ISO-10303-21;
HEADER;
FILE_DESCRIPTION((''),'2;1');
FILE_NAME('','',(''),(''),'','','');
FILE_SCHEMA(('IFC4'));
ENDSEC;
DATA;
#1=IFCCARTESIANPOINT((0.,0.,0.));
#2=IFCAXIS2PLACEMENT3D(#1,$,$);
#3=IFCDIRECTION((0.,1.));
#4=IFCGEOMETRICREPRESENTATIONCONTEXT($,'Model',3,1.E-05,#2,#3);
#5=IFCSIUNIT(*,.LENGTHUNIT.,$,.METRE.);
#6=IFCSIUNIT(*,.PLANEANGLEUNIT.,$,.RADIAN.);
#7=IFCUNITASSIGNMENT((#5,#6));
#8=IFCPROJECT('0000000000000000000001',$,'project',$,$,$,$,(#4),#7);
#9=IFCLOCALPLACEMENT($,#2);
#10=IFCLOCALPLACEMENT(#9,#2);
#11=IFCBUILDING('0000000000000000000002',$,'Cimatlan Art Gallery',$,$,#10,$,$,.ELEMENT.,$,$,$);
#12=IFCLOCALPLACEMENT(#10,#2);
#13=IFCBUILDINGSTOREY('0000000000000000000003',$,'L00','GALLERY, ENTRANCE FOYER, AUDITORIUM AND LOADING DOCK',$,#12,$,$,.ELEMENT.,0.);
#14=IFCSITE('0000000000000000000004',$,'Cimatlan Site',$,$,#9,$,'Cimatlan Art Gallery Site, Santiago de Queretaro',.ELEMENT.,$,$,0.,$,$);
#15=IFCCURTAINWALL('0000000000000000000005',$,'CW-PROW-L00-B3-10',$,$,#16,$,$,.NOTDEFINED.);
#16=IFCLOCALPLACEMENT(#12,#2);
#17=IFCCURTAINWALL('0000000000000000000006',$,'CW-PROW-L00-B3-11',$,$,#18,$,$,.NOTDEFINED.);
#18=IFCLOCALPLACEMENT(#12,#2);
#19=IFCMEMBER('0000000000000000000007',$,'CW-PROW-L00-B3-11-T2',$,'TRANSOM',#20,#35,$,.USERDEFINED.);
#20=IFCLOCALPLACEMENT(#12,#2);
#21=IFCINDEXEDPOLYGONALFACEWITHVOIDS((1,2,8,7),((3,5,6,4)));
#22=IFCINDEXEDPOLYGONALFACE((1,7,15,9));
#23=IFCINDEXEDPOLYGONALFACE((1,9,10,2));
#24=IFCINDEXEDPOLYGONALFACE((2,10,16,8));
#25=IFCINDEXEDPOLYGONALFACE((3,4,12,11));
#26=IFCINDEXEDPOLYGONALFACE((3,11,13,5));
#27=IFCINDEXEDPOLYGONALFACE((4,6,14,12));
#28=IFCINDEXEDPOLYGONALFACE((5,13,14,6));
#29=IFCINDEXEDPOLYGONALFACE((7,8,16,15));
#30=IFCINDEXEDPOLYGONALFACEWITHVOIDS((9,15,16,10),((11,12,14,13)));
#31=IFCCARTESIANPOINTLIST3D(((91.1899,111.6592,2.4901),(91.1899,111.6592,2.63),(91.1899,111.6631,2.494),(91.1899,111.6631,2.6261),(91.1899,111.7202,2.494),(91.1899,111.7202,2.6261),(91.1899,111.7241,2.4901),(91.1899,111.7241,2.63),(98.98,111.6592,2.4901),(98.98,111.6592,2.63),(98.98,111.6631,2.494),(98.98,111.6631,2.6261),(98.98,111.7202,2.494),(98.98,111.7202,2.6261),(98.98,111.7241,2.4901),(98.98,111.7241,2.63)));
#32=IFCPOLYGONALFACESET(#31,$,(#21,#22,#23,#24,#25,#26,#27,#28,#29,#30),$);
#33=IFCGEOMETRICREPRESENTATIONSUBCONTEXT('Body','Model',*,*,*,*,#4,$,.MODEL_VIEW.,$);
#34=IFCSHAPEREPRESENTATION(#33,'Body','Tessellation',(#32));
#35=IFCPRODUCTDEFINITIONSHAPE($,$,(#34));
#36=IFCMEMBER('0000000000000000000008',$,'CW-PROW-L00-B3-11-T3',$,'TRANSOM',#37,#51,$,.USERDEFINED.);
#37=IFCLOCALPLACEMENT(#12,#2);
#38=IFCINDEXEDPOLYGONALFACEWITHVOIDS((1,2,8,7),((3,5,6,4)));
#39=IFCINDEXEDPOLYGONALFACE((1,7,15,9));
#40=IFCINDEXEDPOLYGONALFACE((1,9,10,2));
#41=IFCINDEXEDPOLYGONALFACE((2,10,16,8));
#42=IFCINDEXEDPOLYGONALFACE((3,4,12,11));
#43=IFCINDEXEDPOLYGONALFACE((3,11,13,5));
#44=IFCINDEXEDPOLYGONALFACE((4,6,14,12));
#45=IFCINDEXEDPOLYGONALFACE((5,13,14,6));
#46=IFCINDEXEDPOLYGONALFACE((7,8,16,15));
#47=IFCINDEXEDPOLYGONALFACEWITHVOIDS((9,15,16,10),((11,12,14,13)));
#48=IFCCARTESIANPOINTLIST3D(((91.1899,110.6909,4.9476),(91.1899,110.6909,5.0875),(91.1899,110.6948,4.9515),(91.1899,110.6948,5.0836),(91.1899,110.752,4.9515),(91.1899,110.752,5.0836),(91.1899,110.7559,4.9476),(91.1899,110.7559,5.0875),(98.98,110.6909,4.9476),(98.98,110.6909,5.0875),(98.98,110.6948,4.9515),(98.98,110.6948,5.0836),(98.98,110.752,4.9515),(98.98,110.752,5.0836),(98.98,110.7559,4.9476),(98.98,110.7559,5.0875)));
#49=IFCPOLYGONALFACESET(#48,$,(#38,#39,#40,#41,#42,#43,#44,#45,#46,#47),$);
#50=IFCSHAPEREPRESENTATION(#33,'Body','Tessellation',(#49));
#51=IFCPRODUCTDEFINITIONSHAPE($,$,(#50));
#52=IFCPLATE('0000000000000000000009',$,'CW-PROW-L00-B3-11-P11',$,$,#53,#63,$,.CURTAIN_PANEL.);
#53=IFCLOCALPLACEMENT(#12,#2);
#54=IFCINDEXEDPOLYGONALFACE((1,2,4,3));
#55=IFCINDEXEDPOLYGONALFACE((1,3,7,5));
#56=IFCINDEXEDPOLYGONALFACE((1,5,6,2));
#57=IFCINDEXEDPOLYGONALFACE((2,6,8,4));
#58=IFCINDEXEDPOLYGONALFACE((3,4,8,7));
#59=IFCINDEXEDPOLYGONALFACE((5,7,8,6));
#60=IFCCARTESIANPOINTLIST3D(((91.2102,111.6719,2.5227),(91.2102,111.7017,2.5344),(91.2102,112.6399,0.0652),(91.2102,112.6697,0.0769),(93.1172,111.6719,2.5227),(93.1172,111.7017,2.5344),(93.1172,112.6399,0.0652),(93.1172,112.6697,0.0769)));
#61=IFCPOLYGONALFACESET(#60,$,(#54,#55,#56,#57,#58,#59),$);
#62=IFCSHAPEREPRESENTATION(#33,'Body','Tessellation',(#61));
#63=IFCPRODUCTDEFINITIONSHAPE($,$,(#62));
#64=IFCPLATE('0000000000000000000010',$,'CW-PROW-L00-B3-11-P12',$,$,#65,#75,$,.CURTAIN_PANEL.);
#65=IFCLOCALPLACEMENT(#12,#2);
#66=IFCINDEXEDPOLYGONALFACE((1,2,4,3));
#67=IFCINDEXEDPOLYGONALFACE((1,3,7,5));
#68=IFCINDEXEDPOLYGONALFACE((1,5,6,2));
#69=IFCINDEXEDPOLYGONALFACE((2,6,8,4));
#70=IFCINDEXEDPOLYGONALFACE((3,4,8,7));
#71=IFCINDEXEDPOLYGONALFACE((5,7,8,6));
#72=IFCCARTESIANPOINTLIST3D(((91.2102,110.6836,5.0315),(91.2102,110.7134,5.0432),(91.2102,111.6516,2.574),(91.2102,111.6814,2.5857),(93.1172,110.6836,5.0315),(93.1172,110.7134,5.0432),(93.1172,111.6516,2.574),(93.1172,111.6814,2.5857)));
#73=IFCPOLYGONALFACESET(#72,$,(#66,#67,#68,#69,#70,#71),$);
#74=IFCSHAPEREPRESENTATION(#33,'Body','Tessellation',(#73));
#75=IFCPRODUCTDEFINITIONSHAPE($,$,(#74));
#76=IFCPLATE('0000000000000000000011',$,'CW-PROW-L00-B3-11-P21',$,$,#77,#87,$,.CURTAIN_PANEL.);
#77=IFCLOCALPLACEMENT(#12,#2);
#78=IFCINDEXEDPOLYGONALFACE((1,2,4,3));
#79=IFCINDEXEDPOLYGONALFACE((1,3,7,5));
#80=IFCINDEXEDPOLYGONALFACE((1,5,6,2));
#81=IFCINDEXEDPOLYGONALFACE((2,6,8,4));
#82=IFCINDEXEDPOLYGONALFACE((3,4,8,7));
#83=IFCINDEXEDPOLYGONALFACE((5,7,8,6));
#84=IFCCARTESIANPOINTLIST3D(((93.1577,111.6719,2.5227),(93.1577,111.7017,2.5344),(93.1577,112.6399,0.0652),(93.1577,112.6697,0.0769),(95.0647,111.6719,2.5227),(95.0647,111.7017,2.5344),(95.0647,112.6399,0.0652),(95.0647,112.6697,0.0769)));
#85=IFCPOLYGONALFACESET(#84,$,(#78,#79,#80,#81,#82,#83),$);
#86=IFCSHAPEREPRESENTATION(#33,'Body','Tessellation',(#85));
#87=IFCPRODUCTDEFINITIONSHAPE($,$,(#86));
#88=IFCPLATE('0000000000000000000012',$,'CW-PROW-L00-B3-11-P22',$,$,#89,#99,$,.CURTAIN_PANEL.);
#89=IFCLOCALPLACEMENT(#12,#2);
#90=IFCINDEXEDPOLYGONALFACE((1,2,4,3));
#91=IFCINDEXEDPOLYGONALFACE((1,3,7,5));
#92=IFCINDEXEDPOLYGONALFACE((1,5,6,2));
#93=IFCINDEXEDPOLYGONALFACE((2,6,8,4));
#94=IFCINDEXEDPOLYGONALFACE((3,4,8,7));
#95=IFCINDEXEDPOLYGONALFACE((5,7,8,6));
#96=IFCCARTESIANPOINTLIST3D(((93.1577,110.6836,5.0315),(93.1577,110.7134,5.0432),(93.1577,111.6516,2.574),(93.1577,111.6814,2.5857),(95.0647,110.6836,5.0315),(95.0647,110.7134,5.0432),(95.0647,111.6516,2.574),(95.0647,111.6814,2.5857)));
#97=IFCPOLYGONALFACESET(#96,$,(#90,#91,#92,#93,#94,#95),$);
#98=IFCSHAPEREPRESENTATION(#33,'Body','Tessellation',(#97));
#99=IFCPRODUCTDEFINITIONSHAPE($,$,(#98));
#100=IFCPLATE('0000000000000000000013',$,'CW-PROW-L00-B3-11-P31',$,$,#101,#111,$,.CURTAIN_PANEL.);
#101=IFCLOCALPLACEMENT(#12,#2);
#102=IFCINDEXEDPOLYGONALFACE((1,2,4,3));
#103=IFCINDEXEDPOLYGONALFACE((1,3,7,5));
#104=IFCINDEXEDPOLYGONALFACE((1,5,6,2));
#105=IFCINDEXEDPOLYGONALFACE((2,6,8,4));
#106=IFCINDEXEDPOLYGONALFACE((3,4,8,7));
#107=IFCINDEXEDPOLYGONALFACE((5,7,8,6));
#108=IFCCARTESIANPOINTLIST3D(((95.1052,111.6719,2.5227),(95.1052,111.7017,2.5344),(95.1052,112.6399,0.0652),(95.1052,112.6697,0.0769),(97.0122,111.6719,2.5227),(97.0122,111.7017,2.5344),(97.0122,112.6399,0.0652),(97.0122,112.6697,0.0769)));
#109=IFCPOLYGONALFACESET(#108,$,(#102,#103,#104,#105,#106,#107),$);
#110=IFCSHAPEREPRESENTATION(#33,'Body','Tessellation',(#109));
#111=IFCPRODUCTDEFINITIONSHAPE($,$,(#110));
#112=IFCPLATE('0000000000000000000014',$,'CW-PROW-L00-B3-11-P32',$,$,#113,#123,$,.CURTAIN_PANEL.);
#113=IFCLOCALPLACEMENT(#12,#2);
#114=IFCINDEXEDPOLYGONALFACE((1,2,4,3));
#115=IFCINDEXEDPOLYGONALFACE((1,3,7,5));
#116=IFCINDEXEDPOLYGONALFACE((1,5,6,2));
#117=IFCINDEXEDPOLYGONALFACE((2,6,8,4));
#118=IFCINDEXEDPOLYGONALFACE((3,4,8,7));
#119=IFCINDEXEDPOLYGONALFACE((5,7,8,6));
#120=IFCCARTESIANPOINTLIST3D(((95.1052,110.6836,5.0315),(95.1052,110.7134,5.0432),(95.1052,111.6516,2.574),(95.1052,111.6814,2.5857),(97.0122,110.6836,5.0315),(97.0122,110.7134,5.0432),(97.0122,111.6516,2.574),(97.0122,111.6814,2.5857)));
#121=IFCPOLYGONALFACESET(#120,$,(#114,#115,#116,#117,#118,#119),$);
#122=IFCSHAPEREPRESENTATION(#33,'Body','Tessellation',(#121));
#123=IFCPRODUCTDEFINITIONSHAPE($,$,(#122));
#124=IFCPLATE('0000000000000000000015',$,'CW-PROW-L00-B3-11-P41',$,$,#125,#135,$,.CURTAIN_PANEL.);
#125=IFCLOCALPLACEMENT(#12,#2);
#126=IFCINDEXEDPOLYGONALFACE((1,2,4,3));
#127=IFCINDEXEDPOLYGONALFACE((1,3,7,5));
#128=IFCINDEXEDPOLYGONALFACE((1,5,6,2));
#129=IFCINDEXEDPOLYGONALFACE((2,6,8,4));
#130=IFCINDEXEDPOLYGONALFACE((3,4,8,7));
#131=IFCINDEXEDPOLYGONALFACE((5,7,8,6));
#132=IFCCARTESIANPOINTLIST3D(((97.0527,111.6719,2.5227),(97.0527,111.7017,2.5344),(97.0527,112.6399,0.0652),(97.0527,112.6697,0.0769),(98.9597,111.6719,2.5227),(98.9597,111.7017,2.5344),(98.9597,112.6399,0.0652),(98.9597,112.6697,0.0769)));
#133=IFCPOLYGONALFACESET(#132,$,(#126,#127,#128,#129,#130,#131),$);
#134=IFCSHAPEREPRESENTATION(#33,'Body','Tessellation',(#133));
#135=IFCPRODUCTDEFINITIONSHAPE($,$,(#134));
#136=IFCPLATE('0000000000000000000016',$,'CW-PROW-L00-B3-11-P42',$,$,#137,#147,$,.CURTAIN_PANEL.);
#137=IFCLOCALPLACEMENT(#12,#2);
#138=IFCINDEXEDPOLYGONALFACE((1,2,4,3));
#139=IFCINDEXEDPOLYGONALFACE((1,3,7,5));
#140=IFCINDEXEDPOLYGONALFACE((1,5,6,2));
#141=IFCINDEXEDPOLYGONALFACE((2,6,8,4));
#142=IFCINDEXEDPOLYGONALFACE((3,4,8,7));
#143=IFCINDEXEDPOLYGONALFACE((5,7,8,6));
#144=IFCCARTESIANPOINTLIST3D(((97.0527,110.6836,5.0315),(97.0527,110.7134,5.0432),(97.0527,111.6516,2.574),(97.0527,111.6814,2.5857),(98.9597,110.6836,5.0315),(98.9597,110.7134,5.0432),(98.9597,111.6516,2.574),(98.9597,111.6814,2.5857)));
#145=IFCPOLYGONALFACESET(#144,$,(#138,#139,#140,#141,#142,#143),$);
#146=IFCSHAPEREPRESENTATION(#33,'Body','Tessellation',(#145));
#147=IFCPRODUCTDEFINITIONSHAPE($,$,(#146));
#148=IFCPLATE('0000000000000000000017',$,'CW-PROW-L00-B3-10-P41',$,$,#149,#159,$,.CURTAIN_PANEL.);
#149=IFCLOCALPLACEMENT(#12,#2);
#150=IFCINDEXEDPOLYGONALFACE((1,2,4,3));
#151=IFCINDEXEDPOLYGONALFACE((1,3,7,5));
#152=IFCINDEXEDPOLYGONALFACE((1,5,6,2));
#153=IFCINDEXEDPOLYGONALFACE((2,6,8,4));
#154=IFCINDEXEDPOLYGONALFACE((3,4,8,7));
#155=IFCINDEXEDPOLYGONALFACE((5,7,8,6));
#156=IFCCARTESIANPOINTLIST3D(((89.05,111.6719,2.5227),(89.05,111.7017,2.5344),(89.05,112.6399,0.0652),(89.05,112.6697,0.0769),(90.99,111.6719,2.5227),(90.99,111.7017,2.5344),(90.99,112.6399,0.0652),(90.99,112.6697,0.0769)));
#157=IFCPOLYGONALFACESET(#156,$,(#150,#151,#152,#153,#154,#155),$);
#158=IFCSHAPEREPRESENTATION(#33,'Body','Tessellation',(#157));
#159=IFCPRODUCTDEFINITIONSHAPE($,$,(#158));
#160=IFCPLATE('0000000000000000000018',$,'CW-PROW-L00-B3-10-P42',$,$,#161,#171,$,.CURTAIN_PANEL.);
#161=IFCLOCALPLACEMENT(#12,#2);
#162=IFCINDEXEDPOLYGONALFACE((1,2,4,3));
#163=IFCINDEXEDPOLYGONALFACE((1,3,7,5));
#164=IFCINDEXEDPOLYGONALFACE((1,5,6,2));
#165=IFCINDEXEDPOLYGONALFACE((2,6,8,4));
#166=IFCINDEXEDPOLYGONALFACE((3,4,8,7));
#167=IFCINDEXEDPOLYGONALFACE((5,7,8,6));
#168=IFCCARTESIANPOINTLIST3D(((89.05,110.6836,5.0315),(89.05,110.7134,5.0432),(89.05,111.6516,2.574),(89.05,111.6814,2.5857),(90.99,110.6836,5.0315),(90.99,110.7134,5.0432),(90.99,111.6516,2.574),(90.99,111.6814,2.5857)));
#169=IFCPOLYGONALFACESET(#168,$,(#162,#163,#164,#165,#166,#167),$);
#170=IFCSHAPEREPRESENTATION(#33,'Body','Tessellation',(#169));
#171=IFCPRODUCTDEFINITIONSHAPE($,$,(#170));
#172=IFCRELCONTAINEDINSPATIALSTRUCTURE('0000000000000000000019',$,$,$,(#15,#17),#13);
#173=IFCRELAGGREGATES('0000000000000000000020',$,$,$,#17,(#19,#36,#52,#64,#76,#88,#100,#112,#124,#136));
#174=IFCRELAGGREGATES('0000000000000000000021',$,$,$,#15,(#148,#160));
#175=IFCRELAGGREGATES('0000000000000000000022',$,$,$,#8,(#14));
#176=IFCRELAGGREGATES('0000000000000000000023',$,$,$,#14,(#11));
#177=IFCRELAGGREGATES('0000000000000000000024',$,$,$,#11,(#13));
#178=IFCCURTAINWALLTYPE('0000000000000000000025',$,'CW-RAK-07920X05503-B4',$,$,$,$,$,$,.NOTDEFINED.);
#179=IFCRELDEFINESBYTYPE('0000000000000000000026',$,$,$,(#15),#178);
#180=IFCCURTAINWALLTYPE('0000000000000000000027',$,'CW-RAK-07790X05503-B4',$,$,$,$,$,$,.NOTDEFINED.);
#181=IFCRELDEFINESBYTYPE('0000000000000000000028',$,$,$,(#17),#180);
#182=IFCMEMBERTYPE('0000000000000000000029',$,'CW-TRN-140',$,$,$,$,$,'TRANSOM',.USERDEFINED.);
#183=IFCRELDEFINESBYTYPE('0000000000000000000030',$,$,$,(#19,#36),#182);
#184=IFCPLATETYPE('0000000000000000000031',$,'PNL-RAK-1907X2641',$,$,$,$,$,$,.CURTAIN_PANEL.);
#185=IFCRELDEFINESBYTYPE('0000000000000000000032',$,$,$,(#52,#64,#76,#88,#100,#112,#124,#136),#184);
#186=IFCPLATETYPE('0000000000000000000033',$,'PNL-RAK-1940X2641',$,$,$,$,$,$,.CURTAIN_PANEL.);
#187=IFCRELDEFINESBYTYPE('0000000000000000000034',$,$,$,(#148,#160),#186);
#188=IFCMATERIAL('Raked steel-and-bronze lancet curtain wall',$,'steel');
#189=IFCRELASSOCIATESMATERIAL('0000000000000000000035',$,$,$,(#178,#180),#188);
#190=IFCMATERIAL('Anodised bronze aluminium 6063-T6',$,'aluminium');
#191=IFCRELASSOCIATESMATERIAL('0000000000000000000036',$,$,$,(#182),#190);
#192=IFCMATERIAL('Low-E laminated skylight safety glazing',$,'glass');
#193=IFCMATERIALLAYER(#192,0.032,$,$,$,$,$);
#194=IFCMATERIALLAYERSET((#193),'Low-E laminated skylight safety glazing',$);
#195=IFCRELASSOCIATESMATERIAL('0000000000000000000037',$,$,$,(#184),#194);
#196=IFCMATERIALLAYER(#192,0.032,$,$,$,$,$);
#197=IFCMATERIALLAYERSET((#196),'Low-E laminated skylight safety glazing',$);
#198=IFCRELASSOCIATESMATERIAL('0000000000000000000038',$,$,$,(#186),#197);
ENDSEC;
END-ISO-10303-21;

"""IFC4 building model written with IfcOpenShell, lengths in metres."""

from ifc_helpers import new_model, si_unit, direction, frame, origin, origin_2d, place, context, subcontext, project, spatial, polyline, hollow_rectangle, outline, extrude, material, layer, layer_set, material_profile, profile_set, type_object, element, aggregate, save


model = new_model("IFC4")

# Units and contexts
model_context = context("Model", 3, precision=1e-05, world=origin(), true_north=direction((0.0, 1.0)))
body_context = subcontext(model_context, "Body", "Model", "MODEL_VIEW")
ifc_project = project(units=[si_unit("LENGTHUNIT", "METRE"), si_unit("PLANEANGLEUNIT", "RADIAN")], contexts=[model_context])

# Site, building, storey
site_placement = place(None, origin())
site = spatial("IfcSite", under=ifc_project, at=site_placement, Name="Cimatlan Site", LongName="Cimatlan Art Gallery Site, Santiago de Queretaro", CompositionType="ELEMENT", RefElevation=0.0)
building_placement = place(site_placement, origin())
building = spatial("IfcBuilding", under=site, at=building_placement, Name="Cimatlan Art Gallery", CompositionType="ELEMENT")
storey_placement = place(building_placement, origin())
storey = spatial("IfcBuildingStorey", under=building, at=storey_placement, Name="L00", Description="GALLERY, ENTRANCE FOYER, AUDITORIUM AND LOADING DOCK", CompositionType="ELEMENT", Elevation=0.0)

# Curtain wall
ifc_material_1 = material(Name="Raked steel-and-bronze lancet curtain wall", Category="steel")
curtain_wall_type_1 = type_object("IfcCurtainWallType", Name="CW-RAK-07920X05503-B4", PredefinedType="NOTDEFINED", material=ifc_material_1)
curtain_wall_1_placement = place(storey_placement, origin())
curtain_wall_1 = element("IfcCurtainWall", 1, at=curtain_wall_1_placement, inside=storey, type_object=curtain_wall_type_1, Name="CW-PROW-L00-B3-10", PredefinedType="NOTDEFINED")

# Curtain wall, members, plates
curtain_wall_type_2 = type_object("IfcCurtainWallType", Name="CW-RAK-07790X05503-B4", PredefinedType="NOTDEFINED", material=ifc_material_1)
curtain_wall_2_placement = place(storey_placement, origin())
curtain_wall_2 = element("IfcCurtainWall", 2, at=curtain_wall_2_placement, inside=storey, type_object=curtain_wall_type_2, Name="CW-PROW-L00-B3-11", PredefinedType="NOTDEFINED")
ifc_material_2 = material(Name="Anodised bronze aluminium 6063-T6", Category="aluminium")
ifc_material_profile_1 = material_profile(ifc_material_2, hollow_rectangle(XDim=0.0649, YDim=0.1399, WallThickness=0.0039, at=origin_2d()), Name="ALU65X140X4")
ifc_profile_set_1 = profile_set([ifc_material_profile_1], Name="Anodised bronze aluminium 6063-T6")
member_type_1 = type_object("IfcMemberType", Name="CW-TRN-140", ElementType="TRANSOM", PredefinedType="USERDEFINED", material=ifc_profile_set_1)
member_1_placement = place(storey_placement, frame((91.1899, 111.6917, 2.5601), z_axis=(1.0, 0.0, 0.0), x_axis=(0.0, 1.0, 0.0)))
member_1 = element("IfcMember", 3, at=member_1_placement, type_object=member_type_1, Name="CW-PROW-L00-B3-11-T2", ObjectType="TRANSOM", PredefinedType="USERDEFINED", context=body_context, shape_type="SweptSolid", body=[
    extrude(hollow_rectangle(XDim=0.0649, YDim=0.1399, WallThickness=0.0039, at=origin_2d()), origin(), (0.0, 0.0, 1.0), 7.79),
])
member_2_placement = place(storey_placement, frame((91.1899, 110.7234, 5.0176), z_axis=(1.0, 0.0, 0.0), x_axis=(0.0, 1.0, 0.0)))
member_2 = element("IfcMember", 4, at=member_2_placement, type_object=member_type_1, Name="CW-PROW-L00-B3-11-T3", ObjectType="TRANSOM", PredefinedType="USERDEFINED", context=body_context, shape_type="SweptSolid", body=[
    extrude(hollow_rectangle(XDim=0.0649, YDim=0.1399, WallThickness=0.0039, at=origin_2d()), origin(), (0.0, 0.0, 1.0), 7.79),
])
ifc_material_3 = material(Name="Low-E laminated skylight safety glazing", Category="glass")
ifc_layer_1 = layer(ifc_material_3, 0.032)
ifc_layer_set_1 = layer_set([ifc_layer_1], Name="Low-E laminated skylight safety glazing")
plate_type_1 = type_object("IfcPlateType", Name="PNL-RAK-1907X2641", PredefinedType="CURTAIN_PANEL", material=ifc_layer_set_1)
plate_1_placement = place(storey_placement, frame((91.2102, 112.6697, 0.0769), z_axis=(0.0, 0.930421, 0.366493), x_axis=(1.0, 0.0, 0.0)))
plate_1 = element("IfcPlate", 5, at=plate_1_placement, type_object=plate_type_1, Name="CW-PROW-L00-B3-11-P11", PredefinedType="CURTAIN_PANEL", context=body_context, shape_type="SweptSolid", body=[
    extrude(outline(polyline([(0.0, 0.0), (1.907, 0.0), (1.907, -2.6413), (0.0, -2.6413), (0.0, 0.0)])), origin(), (0.0, 0.0, -1.0), 0.032),
])
plate_2_placement = place(storey_placement, frame((91.2102, 111.6814, 2.5857), z_axis=(0.0, 0.930421, 0.366493), x_axis=(1.0, 0.0, 0.0)))
plate_2 = element("IfcPlate", 6, at=plate_2_placement, type_object=plate_type_1, Name="CW-PROW-L00-B3-11-P12", PredefinedType="CURTAIN_PANEL", context=body_context, shape_type="SweptSolid", body=[
    extrude(outline(polyline([(0.0, 0.0), (1.907, 0.0), (1.907, -2.6413), (0.0, -2.6413), (0.0, 0.0)])), origin(), (0.0, 0.0, -1.0), 0.032),
])
plate_3_placement = place(storey_placement, frame((93.1577, 112.6697, 0.0769), z_axis=(0.0, 0.930421, 0.366493), x_axis=(1.0, 0.0, 0.0)))
plate_3 = element("IfcPlate", 7, at=plate_3_placement, type_object=plate_type_1, Name="CW-PROW-L00-B3-11-P21", PredefinedType="CURTAIN_PANEL", context=body_context, shape_type="SweptSolid", body=[
    extrude(outline(polyline([(0.0, 0.0), (1.907, 0.0), (1.907, -2.6413), (0.0, -2.6413), (0.0, 0.0)])), origin(), (0.0, 0.0, -1.0), 0.032),
])
plate_4_placement = place(storey_placement, frame((93.1577, 111.6814, 2.5857), z_axis=(0.0, 0.930421, 0.366493), x_axis=(1.0, 0.0, 0.0)))
plate_4 = element("IfcPlate", 8, at=plate_4_placement, type_object=plate_type_1, Name="CW-PROW-L00-B3-11-P22", PredefinedType="CURTAIN_PANEL", context=body_context, shape_type="SweptSolid", body=[
    extrude(outline(polyline([(0.0, 0.0), (1.907, 0.0), (1.907, -2.6413), (0.0, -2.6413), (0.0, 0.0)])), origin(), (0.0, 0.0, -1.0), 0.032),
])
plate_5_placement = place(storey_placement, frame((95.1052, 112.6697, 0.0769), z_axis=(0.0, 0.930421, 0.366493), x_axis=(1.0, 0.0, 0.0)))
plate_5 = element("IfcPlate", 9, at=plate_5_placement, type_object=plate_type_1, Name="CW-PROW-L00-B3-11-P31", PredefinedType="CURTAIN_PANEL", context=body_context, shape_type="SweptSolid", body=[
    extrude(outline(polyline([(0.0, 0.0), (1.907, 0.0), (1.907, -2.6413), (0.0, -2.6413), (0.0, 0.0)])), origin(), (0.0, 0.0, -1.0), 0.032),
])
plate_6_placement = place(storey_placement, frame((95.1052, 111.6814, 2.5857), z_axis=(0.0, 0.930421, 0.366493), x_axis=(1.0, 0.0, 0.0)))
plate_6 = element("IfcPlate", 10, at=plate_6_placement, type_object=plate_type_1, Name="CW-PROW-L00-B3-11-P32", PredefinedType="CURTAIN_PANEL", context=body_context, shape_type="SweptSolid", body=[
    extrude(outline(polyline([(0.0, 0.0), (1.907, 0.0), (1.907, -2.6413), (0.0, -2.6413), (0.0, 0.0)])), origin(), (0.0, 0.0, -1.0), 0.032),
])
plate_7_placement = place(storey_placement, frame((97.0527, 112.6697, 0.0769), z_axis=(0.0, 0.930421, 0.366493), x_axis=(1.0, 0.0, 0.0)))
plate_7 = element("IfcPlate", 11, at=plate_7_placement, type_object=plate_type_1, Name="CW-PROW-L00-B3-11-P41", PredefinedType="CURTAIN_PANEL", context=body_context, shape_type="SweptSolid", body=[
    extrude(outline(polyline([(0.0, 0.0), (1.907, 0.0), (1.907, -2.6413), (0.0, -2.6413), (0.0, 0.0)])), origin(), (0.0, 0.0, -1.0), 0.032),
])
plate_8_placement = place(storey_placement, frame((97.0527, 111.6814, 2.5857), z_axis=(0.0, 0.930421, 0.366493), x_axis=(1.0, 0.0, 0.0)))
plate_8 = element("IfcPlate", 12, at=plate_8_placement, type_object=plate_type_1, Name="CW-PROW-L00-B3-11-P42", PredefinedType="CURTAIN_PANEL", context=body_context, shape_type="SweptSolid", body=[
    extrude(outline(polyline([(0.0, 0.0), (1.907, 0.0), (1.907, -2.6413), (0.0, -2.6413), (0.0, 0.0)])), origin(), (0.0, 0.0, -1.0), 0.032),
])
aggregate(curtain_wall_2, [member_1, member_2, plate_1, plate_2, plate_3, plate_4, plate_5, plate_6, plate_7, plate_8])

# Plates
ifc_layer_2 = layer(ifc_material_3, 0.032)
ifc_layer_set_2 = layer_set([ifc_layer_2], Name="Low-E laminated skylight safety glazing")
plate_type_2 = type_object("IfcPlateType", Name="PNL-RAK-1940X2641", PredefinedType="CURTAIN_PANEL", material=ifc_layer_set_2)
plate_9_placement = place(storey_placement, frame((89.05, 112.6697, 0.0769), z_axis=(0.0, 0.930421, 0.366493), x_axis=(1.0, 0.0, 0.0)))
plate_9 = element("IfcPlate", 13, at=plate_9_placement, type_object=plate_type_2, Name="CW-PROW-L00-B3-10-P41", PredefinedType="CURTAIN_PANEL", context=body_context, shape_type="SweptSolid", body=[
    extrude(outline(polyline([(0.0, 0.0), (1.9399, 0.0), (1.9399, -2.6413), (0.0, -2.6413), (0.0, 0.0)])), origin(), (0.0, 0.0, -1.0), 0.032),
])
plate_10_placement = place(storey_placement, frame((89.05, 111.6814, 2.5857), z_axis=(0.0, 0.930421, 0.366493), x_axis=(1.0, 0.0, 0.0)))
plate_10 = element("IfcPlate", 14, at=plate_10_placement, type_object=plate_type_2, Name="CW-PROW-L00-B3-10-P42", PredefinedType="CURTAIN_PANEL", context=body_context, shape_type="SweptSolid", body=[
    extrude(outline(polyline([(0.0, 0.0), (1.9399, 0.0), (1.9399, -2.6413), (0.0, -2.6413), (0.0, 0.0)])), origin(), (0.0, 0.0, -1.0), 0.032),
])
aggregate(curtain_wall_1, [plate_9, plate_10])

save(model, "model.ifc")
